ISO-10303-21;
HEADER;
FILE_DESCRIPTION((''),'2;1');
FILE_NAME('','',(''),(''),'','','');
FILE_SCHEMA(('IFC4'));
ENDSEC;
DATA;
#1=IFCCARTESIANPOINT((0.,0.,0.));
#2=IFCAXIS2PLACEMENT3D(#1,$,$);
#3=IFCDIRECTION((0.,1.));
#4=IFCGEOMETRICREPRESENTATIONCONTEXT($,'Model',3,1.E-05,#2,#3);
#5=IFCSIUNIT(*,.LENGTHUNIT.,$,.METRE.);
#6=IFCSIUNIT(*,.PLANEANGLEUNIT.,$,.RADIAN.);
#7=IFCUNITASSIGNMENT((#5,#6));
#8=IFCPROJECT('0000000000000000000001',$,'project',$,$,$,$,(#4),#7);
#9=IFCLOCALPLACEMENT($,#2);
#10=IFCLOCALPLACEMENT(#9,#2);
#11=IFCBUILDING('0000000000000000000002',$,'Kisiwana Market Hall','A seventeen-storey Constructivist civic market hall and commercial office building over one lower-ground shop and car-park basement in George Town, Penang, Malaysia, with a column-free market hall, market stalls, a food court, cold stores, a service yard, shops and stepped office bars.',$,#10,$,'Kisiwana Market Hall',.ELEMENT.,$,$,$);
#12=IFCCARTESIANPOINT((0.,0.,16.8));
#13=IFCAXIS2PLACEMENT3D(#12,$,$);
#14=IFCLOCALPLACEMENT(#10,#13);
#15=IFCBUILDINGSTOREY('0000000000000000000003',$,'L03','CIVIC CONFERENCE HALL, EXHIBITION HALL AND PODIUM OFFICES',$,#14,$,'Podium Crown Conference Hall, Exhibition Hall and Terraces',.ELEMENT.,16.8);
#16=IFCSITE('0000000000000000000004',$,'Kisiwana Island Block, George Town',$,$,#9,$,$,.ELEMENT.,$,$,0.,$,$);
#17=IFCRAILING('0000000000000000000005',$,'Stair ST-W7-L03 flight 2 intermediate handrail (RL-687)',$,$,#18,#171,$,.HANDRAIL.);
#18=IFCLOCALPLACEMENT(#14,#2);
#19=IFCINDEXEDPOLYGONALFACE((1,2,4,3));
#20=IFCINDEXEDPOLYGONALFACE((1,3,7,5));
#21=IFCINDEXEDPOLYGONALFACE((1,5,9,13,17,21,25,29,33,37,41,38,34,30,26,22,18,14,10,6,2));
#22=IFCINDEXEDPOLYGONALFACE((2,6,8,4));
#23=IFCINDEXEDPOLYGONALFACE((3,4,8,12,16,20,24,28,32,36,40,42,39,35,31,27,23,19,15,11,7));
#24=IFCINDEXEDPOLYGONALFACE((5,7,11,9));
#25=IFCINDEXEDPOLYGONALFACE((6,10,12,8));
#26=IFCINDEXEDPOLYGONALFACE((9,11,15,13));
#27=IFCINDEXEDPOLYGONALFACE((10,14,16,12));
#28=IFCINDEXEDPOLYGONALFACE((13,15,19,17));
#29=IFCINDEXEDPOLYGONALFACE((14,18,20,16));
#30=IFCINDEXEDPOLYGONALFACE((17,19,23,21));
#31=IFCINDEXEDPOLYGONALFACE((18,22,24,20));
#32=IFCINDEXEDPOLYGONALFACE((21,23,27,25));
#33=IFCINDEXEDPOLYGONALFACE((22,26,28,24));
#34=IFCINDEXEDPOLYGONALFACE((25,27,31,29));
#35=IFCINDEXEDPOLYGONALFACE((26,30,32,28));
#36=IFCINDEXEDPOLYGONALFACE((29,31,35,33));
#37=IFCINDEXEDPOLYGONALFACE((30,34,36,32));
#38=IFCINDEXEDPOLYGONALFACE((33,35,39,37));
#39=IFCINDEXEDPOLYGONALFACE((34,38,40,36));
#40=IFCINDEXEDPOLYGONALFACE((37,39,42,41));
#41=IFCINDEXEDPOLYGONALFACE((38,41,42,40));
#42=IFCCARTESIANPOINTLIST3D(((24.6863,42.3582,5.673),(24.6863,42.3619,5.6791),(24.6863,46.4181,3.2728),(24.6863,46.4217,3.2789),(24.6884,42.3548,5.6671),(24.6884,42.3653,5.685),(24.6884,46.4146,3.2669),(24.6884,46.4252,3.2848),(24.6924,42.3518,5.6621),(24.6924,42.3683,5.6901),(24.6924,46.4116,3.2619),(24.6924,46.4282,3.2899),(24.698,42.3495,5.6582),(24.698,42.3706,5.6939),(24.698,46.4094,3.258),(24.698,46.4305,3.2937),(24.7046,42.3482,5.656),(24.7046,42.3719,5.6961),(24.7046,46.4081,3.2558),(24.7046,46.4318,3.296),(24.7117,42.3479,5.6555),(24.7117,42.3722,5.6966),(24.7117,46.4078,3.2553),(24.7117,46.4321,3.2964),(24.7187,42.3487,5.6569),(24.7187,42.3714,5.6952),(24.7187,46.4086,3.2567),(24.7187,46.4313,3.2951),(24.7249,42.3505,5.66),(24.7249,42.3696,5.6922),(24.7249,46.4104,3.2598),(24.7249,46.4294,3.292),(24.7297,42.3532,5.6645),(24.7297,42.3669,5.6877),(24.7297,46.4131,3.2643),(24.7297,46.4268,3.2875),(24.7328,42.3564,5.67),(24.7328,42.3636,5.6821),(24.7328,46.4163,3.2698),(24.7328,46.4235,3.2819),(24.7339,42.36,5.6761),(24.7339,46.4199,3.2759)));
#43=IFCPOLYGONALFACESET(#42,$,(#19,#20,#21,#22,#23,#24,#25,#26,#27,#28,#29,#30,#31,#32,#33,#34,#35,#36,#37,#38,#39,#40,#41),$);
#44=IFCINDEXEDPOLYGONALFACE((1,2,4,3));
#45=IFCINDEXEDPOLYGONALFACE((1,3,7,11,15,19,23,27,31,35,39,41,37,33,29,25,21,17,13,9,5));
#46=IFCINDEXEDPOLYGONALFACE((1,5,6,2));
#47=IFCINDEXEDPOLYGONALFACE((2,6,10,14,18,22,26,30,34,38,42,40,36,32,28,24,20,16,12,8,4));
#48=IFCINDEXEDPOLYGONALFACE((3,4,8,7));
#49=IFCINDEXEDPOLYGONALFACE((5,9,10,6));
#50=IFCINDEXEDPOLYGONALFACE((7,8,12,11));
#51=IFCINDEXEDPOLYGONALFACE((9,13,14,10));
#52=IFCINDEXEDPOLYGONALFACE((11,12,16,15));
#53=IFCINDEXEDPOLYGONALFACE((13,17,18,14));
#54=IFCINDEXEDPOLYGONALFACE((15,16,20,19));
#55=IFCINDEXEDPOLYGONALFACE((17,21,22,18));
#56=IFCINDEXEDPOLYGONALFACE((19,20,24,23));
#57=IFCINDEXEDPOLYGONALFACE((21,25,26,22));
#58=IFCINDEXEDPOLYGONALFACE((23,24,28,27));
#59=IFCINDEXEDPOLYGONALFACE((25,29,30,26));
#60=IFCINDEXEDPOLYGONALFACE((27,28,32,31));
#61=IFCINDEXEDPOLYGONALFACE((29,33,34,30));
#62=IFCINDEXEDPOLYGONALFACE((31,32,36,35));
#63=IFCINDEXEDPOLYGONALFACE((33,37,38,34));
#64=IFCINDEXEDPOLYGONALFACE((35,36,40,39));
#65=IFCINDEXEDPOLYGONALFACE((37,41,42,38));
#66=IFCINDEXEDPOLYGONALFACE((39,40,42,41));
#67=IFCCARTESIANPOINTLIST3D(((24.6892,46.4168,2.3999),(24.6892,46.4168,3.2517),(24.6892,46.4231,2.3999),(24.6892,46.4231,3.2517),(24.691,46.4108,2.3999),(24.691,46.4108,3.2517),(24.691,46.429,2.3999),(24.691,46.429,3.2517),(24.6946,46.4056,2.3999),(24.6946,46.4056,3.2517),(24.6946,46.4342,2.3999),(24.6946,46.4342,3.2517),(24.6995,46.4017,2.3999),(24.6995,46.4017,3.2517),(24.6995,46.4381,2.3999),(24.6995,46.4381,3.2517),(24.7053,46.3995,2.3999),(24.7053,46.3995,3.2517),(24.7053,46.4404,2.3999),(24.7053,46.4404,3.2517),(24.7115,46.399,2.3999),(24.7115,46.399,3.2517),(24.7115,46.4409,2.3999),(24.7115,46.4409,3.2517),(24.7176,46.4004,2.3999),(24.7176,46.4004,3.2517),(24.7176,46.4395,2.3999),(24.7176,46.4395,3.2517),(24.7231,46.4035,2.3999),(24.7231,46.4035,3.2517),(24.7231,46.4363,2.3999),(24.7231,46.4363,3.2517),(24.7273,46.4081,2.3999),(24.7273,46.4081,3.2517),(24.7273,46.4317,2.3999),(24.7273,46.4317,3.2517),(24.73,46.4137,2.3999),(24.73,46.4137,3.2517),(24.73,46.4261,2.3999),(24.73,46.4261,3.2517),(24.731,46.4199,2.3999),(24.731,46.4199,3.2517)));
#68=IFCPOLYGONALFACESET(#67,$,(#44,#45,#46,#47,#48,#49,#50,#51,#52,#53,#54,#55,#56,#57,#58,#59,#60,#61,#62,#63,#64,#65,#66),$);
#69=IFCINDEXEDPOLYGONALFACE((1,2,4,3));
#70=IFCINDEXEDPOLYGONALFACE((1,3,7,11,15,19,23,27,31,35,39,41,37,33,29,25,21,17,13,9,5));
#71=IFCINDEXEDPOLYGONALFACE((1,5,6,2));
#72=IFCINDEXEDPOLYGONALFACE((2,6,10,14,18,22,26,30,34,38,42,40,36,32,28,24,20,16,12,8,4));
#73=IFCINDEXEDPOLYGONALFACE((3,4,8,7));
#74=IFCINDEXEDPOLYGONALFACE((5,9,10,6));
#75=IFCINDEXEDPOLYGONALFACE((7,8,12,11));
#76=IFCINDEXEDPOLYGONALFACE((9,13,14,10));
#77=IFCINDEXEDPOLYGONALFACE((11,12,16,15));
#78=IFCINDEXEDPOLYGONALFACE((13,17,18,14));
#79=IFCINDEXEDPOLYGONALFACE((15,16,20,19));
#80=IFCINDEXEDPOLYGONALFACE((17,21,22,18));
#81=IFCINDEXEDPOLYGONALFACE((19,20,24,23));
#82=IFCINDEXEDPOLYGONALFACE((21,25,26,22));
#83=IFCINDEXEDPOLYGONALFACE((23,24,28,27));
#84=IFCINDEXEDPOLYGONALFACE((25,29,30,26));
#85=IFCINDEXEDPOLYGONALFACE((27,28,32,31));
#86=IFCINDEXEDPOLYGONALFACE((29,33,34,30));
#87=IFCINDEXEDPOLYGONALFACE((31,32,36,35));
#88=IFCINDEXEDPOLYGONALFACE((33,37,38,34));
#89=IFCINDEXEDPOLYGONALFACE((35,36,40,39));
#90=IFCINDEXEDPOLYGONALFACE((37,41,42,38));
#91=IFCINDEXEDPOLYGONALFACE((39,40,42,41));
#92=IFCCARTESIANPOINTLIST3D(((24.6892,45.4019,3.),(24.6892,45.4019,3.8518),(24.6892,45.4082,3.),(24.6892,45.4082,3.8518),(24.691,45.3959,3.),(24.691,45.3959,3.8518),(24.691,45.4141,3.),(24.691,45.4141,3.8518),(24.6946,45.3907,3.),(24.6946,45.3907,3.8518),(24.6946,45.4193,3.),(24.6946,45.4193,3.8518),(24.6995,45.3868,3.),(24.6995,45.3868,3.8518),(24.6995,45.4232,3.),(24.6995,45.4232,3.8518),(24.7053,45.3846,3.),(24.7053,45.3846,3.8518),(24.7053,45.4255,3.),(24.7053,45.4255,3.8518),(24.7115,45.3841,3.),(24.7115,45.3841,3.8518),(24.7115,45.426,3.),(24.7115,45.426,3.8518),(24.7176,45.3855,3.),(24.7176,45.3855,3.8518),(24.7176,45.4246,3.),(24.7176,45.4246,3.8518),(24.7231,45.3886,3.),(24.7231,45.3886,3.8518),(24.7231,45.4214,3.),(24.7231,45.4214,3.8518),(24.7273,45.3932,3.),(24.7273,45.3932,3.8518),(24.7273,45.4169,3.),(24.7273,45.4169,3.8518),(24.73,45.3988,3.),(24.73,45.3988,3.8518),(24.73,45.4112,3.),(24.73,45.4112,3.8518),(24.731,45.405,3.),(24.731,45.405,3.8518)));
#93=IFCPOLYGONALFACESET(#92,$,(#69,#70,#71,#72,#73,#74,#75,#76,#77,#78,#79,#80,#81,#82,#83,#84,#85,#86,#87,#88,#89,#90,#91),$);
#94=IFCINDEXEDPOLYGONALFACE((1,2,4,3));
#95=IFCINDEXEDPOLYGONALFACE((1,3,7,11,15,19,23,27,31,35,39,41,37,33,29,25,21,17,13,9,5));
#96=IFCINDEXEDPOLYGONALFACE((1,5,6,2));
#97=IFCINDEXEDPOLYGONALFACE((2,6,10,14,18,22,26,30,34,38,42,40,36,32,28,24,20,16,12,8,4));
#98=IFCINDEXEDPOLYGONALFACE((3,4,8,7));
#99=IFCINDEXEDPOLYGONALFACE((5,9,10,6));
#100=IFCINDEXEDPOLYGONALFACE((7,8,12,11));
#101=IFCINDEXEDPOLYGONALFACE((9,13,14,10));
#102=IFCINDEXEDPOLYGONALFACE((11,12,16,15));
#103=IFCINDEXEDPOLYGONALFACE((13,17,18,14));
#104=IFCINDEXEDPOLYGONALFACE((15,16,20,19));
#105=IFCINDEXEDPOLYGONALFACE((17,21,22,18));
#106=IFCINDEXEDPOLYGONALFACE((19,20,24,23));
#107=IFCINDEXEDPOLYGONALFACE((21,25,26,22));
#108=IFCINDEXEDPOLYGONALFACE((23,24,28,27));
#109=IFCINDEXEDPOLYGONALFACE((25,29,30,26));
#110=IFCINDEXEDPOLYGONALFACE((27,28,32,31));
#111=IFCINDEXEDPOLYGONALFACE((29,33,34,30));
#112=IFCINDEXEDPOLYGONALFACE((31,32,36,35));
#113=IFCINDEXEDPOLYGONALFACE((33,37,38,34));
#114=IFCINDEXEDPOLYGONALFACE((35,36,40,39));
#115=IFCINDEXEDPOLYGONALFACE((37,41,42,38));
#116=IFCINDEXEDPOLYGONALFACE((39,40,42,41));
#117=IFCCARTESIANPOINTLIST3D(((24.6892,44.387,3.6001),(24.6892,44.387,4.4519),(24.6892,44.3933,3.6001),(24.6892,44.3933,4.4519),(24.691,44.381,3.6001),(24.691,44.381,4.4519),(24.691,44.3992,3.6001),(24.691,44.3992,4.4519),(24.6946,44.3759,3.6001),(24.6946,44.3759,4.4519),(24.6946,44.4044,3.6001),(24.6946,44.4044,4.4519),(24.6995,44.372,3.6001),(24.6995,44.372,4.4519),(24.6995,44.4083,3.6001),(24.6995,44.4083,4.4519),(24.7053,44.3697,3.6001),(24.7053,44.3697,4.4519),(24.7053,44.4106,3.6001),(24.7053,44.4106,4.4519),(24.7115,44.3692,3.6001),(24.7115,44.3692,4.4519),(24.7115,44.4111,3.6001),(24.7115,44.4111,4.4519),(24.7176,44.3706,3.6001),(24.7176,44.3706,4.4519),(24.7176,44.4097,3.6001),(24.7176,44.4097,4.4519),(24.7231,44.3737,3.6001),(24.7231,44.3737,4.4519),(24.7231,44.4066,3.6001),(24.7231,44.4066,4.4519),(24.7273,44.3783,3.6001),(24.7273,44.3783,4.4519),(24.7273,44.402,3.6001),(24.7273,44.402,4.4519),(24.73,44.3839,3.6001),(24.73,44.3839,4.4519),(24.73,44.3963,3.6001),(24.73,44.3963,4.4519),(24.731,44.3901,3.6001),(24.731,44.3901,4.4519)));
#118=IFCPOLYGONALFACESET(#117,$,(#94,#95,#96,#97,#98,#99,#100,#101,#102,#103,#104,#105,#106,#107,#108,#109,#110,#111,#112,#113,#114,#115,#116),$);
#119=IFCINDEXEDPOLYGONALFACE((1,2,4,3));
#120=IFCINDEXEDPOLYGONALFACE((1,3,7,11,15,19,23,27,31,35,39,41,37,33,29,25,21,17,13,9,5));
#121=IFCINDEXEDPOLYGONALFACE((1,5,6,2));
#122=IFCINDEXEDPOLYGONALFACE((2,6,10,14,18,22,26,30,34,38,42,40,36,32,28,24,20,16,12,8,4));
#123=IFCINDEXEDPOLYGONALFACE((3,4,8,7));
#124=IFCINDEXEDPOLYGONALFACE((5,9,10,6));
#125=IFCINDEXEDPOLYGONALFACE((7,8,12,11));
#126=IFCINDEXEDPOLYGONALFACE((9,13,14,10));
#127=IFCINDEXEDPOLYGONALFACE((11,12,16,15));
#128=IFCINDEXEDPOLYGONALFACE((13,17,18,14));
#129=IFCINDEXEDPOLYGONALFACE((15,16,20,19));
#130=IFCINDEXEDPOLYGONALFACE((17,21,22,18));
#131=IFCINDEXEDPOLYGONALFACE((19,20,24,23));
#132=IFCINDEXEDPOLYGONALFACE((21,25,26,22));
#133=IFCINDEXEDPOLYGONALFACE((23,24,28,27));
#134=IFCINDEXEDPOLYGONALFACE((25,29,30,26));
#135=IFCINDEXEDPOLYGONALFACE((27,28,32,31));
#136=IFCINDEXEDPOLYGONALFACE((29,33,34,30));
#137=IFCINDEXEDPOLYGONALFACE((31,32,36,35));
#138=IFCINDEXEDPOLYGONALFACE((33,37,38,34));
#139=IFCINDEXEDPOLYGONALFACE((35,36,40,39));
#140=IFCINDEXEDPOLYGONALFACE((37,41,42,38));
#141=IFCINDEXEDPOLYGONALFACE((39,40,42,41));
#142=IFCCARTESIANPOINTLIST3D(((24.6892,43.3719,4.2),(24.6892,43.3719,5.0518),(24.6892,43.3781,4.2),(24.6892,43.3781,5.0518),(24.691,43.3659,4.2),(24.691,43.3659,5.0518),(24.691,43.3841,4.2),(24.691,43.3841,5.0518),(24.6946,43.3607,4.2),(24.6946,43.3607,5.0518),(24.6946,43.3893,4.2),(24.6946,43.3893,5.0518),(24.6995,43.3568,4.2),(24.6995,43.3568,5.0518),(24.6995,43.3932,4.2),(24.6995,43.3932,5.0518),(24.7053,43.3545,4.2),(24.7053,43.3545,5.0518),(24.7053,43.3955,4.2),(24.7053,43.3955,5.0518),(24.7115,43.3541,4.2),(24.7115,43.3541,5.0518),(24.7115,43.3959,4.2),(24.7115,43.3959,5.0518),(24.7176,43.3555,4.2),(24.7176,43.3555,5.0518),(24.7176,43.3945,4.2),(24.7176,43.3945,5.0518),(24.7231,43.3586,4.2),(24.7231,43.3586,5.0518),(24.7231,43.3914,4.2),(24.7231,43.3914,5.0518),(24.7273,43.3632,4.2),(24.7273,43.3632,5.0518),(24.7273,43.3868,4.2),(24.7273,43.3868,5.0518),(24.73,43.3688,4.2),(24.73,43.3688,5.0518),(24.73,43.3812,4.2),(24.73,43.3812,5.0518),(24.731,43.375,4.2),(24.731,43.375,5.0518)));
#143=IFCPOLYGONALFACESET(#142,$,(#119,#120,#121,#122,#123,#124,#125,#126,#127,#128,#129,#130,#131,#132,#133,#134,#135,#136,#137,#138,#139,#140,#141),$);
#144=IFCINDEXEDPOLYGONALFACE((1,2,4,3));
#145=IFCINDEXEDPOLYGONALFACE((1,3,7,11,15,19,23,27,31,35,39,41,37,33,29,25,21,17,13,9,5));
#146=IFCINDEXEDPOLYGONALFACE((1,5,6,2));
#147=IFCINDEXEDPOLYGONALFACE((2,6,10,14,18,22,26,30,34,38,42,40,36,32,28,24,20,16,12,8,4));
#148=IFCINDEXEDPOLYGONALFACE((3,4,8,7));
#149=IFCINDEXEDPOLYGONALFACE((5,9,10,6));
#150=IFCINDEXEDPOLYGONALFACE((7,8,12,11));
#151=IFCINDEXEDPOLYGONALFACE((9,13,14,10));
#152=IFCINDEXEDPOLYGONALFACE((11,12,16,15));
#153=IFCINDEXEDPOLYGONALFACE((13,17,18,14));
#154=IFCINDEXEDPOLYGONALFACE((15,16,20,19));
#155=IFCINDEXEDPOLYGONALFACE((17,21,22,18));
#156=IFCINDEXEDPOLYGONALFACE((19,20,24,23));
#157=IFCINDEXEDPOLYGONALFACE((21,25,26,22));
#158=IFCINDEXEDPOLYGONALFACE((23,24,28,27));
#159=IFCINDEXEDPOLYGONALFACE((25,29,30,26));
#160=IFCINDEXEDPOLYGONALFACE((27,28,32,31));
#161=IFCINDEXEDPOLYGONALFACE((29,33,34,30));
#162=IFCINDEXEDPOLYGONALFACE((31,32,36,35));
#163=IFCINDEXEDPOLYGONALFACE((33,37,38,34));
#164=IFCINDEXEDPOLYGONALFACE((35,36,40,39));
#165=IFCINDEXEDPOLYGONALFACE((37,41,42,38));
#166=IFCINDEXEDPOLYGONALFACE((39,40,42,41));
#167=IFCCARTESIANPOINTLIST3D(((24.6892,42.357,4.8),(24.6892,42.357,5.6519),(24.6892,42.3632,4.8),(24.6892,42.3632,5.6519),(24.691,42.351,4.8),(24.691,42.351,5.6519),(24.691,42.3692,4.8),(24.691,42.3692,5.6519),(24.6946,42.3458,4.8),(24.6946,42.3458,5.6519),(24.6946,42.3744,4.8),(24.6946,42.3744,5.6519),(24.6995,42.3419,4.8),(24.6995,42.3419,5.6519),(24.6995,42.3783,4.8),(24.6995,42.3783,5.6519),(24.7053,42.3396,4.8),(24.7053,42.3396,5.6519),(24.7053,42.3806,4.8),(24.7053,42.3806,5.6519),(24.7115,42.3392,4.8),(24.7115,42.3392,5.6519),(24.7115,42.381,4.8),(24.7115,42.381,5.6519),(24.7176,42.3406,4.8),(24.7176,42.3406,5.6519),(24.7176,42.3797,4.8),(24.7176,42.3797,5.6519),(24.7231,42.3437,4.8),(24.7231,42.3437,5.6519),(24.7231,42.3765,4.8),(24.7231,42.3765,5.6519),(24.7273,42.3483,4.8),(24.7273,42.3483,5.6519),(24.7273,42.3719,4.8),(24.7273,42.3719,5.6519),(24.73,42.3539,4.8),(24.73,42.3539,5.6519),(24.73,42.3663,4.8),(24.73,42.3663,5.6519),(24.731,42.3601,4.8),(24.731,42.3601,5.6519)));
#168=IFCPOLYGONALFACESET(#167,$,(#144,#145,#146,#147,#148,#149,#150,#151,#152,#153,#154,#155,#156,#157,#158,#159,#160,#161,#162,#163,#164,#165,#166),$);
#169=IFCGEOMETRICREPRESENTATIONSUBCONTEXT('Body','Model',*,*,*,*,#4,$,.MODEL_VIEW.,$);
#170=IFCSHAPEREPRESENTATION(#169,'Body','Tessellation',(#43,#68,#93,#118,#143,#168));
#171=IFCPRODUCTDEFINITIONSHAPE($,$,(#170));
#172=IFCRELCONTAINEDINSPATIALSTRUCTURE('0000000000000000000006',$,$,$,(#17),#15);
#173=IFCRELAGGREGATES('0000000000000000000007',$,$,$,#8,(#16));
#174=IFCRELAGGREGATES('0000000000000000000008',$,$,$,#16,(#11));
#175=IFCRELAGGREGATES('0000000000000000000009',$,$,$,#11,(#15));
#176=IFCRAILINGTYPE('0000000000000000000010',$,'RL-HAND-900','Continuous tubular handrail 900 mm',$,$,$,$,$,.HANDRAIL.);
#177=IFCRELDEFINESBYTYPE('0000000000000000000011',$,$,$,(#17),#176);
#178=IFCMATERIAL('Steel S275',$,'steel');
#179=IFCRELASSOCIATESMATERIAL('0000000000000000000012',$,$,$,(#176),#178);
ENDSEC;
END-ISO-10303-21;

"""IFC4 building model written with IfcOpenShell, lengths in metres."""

from ifc_helpers import new_model, si_unit, direction, frame, origin, origin_2d, place, context, subcontext, project, spatial, circle, extrude, material, type_object, element, save


model = new_model("IFC4")

# Units and contexts
model_context = context("Model", 3, precision=1e-05, world=origin(), true_north=direction((0.0, 1.0)))
body_context = subcontext(model_context, "Body", "Model", "MODEL_VIEW")
ifc_project = project(units=[si_unit("LENGTHUNIT", "METRE"), si_unit("PLANEANGLEUNIT", "RADIAN")], contexts=[model_context])

# Site, building, storey
site_placement = place(None, origin())
site = spatial("IfcSite", under=ifc_project, at=site_placement, Name="Kisiwana Island Block, George Town", CompositionType="ELEMENT", RefElevation=0.0)
building_placement = place(site_placement, origin())
building = spatial("IfcBuilding", under=site, at=building_placement, Name="Kisiwana Market Hall", Description="A seventeen-storey Constructivist civic market hall and commercial office building over one lower-ground shop and car-park basement in George Town, Penang, Malaysia, with a column-free market hall, market stalls, a food court, cold stores, a service yard, shops and stepped office bars.", LongName="Kisiwana Market Hall", CompositionType="ELEMENT")
storey_placement = place(building_placement, frame((0.0, 0.0, 16.8)))
storey = spatial("IfcBuildingStorey", under=building, at=storey_placement, Name="L03", Description="CIVIC CONFERENCE HALL, EXHIBITION HALL AND PODIUM OFFICES", LongName="Podium Crown Conference Hall, Exhibition Hall and Terraces", CompositionType="ELEMENT", Elevation=16.8)

# Railing
ifc_material_1 = material(Name="Steel S275", Category="steel")
railing_type_1 = type_object("IfcRailingType", Name="RL-HAND-900", Description="Continuous tubular handrail 900 mm", PredefinedType="HANDRAIL", material=ifc_material_1)
railing_1_placement = place(storey_placement, frame((24.71, 46.4199, 2.3999)))
element("IfcRailing", 1, at=railing_1_placement, inside=storey, type_object=railing_type_1, Name="Stair ST-W7-L03 flight 2 intermediate handrail (RL-687)", PredefinedType="HANDRAIL", context=body_context, shape_type="SweptSolid", body=[
    extrude(circle(Radius=0.0239, at=origin_2d()), frame((0.0, 0.0, 0.876), z_axis=(0.0, -0.860818, 0.508912), x_axis=(1.0, 0.0, 0.0)), (0.0, 0.0, 1.0), 4.7163),
    extrude(circle(Radius=0.021, at=origin_2d()), origin(), (0.0, 0.0, 1.0), 0.8518),
    extrude(circle(Radius=0.021, at=origin_2d()), frame((0.0, -1.0149, 0.6001)), (0.0, 0.0, 1.0), 0.8518),
    extrude(circle(Radius=0.021, at=origin_2d()), frame((0.0, -2.0298, 1.2002)), (0.0, 0.0, 1.0), 0.8518),
    extrude(circle(Radius=0.021, at=origin_2d()), frame((0.0, -3.0449, 1.8)), (0.0, 0.0, 1.0), 0.8518),
    extrude(circle(Radius=0.021, at=origin_2d()), frame((0.0, -4.0598, 2.4001)), (0.0, 0.0, 1.0), 0.8518),
])

save(model, "model.ifc")
